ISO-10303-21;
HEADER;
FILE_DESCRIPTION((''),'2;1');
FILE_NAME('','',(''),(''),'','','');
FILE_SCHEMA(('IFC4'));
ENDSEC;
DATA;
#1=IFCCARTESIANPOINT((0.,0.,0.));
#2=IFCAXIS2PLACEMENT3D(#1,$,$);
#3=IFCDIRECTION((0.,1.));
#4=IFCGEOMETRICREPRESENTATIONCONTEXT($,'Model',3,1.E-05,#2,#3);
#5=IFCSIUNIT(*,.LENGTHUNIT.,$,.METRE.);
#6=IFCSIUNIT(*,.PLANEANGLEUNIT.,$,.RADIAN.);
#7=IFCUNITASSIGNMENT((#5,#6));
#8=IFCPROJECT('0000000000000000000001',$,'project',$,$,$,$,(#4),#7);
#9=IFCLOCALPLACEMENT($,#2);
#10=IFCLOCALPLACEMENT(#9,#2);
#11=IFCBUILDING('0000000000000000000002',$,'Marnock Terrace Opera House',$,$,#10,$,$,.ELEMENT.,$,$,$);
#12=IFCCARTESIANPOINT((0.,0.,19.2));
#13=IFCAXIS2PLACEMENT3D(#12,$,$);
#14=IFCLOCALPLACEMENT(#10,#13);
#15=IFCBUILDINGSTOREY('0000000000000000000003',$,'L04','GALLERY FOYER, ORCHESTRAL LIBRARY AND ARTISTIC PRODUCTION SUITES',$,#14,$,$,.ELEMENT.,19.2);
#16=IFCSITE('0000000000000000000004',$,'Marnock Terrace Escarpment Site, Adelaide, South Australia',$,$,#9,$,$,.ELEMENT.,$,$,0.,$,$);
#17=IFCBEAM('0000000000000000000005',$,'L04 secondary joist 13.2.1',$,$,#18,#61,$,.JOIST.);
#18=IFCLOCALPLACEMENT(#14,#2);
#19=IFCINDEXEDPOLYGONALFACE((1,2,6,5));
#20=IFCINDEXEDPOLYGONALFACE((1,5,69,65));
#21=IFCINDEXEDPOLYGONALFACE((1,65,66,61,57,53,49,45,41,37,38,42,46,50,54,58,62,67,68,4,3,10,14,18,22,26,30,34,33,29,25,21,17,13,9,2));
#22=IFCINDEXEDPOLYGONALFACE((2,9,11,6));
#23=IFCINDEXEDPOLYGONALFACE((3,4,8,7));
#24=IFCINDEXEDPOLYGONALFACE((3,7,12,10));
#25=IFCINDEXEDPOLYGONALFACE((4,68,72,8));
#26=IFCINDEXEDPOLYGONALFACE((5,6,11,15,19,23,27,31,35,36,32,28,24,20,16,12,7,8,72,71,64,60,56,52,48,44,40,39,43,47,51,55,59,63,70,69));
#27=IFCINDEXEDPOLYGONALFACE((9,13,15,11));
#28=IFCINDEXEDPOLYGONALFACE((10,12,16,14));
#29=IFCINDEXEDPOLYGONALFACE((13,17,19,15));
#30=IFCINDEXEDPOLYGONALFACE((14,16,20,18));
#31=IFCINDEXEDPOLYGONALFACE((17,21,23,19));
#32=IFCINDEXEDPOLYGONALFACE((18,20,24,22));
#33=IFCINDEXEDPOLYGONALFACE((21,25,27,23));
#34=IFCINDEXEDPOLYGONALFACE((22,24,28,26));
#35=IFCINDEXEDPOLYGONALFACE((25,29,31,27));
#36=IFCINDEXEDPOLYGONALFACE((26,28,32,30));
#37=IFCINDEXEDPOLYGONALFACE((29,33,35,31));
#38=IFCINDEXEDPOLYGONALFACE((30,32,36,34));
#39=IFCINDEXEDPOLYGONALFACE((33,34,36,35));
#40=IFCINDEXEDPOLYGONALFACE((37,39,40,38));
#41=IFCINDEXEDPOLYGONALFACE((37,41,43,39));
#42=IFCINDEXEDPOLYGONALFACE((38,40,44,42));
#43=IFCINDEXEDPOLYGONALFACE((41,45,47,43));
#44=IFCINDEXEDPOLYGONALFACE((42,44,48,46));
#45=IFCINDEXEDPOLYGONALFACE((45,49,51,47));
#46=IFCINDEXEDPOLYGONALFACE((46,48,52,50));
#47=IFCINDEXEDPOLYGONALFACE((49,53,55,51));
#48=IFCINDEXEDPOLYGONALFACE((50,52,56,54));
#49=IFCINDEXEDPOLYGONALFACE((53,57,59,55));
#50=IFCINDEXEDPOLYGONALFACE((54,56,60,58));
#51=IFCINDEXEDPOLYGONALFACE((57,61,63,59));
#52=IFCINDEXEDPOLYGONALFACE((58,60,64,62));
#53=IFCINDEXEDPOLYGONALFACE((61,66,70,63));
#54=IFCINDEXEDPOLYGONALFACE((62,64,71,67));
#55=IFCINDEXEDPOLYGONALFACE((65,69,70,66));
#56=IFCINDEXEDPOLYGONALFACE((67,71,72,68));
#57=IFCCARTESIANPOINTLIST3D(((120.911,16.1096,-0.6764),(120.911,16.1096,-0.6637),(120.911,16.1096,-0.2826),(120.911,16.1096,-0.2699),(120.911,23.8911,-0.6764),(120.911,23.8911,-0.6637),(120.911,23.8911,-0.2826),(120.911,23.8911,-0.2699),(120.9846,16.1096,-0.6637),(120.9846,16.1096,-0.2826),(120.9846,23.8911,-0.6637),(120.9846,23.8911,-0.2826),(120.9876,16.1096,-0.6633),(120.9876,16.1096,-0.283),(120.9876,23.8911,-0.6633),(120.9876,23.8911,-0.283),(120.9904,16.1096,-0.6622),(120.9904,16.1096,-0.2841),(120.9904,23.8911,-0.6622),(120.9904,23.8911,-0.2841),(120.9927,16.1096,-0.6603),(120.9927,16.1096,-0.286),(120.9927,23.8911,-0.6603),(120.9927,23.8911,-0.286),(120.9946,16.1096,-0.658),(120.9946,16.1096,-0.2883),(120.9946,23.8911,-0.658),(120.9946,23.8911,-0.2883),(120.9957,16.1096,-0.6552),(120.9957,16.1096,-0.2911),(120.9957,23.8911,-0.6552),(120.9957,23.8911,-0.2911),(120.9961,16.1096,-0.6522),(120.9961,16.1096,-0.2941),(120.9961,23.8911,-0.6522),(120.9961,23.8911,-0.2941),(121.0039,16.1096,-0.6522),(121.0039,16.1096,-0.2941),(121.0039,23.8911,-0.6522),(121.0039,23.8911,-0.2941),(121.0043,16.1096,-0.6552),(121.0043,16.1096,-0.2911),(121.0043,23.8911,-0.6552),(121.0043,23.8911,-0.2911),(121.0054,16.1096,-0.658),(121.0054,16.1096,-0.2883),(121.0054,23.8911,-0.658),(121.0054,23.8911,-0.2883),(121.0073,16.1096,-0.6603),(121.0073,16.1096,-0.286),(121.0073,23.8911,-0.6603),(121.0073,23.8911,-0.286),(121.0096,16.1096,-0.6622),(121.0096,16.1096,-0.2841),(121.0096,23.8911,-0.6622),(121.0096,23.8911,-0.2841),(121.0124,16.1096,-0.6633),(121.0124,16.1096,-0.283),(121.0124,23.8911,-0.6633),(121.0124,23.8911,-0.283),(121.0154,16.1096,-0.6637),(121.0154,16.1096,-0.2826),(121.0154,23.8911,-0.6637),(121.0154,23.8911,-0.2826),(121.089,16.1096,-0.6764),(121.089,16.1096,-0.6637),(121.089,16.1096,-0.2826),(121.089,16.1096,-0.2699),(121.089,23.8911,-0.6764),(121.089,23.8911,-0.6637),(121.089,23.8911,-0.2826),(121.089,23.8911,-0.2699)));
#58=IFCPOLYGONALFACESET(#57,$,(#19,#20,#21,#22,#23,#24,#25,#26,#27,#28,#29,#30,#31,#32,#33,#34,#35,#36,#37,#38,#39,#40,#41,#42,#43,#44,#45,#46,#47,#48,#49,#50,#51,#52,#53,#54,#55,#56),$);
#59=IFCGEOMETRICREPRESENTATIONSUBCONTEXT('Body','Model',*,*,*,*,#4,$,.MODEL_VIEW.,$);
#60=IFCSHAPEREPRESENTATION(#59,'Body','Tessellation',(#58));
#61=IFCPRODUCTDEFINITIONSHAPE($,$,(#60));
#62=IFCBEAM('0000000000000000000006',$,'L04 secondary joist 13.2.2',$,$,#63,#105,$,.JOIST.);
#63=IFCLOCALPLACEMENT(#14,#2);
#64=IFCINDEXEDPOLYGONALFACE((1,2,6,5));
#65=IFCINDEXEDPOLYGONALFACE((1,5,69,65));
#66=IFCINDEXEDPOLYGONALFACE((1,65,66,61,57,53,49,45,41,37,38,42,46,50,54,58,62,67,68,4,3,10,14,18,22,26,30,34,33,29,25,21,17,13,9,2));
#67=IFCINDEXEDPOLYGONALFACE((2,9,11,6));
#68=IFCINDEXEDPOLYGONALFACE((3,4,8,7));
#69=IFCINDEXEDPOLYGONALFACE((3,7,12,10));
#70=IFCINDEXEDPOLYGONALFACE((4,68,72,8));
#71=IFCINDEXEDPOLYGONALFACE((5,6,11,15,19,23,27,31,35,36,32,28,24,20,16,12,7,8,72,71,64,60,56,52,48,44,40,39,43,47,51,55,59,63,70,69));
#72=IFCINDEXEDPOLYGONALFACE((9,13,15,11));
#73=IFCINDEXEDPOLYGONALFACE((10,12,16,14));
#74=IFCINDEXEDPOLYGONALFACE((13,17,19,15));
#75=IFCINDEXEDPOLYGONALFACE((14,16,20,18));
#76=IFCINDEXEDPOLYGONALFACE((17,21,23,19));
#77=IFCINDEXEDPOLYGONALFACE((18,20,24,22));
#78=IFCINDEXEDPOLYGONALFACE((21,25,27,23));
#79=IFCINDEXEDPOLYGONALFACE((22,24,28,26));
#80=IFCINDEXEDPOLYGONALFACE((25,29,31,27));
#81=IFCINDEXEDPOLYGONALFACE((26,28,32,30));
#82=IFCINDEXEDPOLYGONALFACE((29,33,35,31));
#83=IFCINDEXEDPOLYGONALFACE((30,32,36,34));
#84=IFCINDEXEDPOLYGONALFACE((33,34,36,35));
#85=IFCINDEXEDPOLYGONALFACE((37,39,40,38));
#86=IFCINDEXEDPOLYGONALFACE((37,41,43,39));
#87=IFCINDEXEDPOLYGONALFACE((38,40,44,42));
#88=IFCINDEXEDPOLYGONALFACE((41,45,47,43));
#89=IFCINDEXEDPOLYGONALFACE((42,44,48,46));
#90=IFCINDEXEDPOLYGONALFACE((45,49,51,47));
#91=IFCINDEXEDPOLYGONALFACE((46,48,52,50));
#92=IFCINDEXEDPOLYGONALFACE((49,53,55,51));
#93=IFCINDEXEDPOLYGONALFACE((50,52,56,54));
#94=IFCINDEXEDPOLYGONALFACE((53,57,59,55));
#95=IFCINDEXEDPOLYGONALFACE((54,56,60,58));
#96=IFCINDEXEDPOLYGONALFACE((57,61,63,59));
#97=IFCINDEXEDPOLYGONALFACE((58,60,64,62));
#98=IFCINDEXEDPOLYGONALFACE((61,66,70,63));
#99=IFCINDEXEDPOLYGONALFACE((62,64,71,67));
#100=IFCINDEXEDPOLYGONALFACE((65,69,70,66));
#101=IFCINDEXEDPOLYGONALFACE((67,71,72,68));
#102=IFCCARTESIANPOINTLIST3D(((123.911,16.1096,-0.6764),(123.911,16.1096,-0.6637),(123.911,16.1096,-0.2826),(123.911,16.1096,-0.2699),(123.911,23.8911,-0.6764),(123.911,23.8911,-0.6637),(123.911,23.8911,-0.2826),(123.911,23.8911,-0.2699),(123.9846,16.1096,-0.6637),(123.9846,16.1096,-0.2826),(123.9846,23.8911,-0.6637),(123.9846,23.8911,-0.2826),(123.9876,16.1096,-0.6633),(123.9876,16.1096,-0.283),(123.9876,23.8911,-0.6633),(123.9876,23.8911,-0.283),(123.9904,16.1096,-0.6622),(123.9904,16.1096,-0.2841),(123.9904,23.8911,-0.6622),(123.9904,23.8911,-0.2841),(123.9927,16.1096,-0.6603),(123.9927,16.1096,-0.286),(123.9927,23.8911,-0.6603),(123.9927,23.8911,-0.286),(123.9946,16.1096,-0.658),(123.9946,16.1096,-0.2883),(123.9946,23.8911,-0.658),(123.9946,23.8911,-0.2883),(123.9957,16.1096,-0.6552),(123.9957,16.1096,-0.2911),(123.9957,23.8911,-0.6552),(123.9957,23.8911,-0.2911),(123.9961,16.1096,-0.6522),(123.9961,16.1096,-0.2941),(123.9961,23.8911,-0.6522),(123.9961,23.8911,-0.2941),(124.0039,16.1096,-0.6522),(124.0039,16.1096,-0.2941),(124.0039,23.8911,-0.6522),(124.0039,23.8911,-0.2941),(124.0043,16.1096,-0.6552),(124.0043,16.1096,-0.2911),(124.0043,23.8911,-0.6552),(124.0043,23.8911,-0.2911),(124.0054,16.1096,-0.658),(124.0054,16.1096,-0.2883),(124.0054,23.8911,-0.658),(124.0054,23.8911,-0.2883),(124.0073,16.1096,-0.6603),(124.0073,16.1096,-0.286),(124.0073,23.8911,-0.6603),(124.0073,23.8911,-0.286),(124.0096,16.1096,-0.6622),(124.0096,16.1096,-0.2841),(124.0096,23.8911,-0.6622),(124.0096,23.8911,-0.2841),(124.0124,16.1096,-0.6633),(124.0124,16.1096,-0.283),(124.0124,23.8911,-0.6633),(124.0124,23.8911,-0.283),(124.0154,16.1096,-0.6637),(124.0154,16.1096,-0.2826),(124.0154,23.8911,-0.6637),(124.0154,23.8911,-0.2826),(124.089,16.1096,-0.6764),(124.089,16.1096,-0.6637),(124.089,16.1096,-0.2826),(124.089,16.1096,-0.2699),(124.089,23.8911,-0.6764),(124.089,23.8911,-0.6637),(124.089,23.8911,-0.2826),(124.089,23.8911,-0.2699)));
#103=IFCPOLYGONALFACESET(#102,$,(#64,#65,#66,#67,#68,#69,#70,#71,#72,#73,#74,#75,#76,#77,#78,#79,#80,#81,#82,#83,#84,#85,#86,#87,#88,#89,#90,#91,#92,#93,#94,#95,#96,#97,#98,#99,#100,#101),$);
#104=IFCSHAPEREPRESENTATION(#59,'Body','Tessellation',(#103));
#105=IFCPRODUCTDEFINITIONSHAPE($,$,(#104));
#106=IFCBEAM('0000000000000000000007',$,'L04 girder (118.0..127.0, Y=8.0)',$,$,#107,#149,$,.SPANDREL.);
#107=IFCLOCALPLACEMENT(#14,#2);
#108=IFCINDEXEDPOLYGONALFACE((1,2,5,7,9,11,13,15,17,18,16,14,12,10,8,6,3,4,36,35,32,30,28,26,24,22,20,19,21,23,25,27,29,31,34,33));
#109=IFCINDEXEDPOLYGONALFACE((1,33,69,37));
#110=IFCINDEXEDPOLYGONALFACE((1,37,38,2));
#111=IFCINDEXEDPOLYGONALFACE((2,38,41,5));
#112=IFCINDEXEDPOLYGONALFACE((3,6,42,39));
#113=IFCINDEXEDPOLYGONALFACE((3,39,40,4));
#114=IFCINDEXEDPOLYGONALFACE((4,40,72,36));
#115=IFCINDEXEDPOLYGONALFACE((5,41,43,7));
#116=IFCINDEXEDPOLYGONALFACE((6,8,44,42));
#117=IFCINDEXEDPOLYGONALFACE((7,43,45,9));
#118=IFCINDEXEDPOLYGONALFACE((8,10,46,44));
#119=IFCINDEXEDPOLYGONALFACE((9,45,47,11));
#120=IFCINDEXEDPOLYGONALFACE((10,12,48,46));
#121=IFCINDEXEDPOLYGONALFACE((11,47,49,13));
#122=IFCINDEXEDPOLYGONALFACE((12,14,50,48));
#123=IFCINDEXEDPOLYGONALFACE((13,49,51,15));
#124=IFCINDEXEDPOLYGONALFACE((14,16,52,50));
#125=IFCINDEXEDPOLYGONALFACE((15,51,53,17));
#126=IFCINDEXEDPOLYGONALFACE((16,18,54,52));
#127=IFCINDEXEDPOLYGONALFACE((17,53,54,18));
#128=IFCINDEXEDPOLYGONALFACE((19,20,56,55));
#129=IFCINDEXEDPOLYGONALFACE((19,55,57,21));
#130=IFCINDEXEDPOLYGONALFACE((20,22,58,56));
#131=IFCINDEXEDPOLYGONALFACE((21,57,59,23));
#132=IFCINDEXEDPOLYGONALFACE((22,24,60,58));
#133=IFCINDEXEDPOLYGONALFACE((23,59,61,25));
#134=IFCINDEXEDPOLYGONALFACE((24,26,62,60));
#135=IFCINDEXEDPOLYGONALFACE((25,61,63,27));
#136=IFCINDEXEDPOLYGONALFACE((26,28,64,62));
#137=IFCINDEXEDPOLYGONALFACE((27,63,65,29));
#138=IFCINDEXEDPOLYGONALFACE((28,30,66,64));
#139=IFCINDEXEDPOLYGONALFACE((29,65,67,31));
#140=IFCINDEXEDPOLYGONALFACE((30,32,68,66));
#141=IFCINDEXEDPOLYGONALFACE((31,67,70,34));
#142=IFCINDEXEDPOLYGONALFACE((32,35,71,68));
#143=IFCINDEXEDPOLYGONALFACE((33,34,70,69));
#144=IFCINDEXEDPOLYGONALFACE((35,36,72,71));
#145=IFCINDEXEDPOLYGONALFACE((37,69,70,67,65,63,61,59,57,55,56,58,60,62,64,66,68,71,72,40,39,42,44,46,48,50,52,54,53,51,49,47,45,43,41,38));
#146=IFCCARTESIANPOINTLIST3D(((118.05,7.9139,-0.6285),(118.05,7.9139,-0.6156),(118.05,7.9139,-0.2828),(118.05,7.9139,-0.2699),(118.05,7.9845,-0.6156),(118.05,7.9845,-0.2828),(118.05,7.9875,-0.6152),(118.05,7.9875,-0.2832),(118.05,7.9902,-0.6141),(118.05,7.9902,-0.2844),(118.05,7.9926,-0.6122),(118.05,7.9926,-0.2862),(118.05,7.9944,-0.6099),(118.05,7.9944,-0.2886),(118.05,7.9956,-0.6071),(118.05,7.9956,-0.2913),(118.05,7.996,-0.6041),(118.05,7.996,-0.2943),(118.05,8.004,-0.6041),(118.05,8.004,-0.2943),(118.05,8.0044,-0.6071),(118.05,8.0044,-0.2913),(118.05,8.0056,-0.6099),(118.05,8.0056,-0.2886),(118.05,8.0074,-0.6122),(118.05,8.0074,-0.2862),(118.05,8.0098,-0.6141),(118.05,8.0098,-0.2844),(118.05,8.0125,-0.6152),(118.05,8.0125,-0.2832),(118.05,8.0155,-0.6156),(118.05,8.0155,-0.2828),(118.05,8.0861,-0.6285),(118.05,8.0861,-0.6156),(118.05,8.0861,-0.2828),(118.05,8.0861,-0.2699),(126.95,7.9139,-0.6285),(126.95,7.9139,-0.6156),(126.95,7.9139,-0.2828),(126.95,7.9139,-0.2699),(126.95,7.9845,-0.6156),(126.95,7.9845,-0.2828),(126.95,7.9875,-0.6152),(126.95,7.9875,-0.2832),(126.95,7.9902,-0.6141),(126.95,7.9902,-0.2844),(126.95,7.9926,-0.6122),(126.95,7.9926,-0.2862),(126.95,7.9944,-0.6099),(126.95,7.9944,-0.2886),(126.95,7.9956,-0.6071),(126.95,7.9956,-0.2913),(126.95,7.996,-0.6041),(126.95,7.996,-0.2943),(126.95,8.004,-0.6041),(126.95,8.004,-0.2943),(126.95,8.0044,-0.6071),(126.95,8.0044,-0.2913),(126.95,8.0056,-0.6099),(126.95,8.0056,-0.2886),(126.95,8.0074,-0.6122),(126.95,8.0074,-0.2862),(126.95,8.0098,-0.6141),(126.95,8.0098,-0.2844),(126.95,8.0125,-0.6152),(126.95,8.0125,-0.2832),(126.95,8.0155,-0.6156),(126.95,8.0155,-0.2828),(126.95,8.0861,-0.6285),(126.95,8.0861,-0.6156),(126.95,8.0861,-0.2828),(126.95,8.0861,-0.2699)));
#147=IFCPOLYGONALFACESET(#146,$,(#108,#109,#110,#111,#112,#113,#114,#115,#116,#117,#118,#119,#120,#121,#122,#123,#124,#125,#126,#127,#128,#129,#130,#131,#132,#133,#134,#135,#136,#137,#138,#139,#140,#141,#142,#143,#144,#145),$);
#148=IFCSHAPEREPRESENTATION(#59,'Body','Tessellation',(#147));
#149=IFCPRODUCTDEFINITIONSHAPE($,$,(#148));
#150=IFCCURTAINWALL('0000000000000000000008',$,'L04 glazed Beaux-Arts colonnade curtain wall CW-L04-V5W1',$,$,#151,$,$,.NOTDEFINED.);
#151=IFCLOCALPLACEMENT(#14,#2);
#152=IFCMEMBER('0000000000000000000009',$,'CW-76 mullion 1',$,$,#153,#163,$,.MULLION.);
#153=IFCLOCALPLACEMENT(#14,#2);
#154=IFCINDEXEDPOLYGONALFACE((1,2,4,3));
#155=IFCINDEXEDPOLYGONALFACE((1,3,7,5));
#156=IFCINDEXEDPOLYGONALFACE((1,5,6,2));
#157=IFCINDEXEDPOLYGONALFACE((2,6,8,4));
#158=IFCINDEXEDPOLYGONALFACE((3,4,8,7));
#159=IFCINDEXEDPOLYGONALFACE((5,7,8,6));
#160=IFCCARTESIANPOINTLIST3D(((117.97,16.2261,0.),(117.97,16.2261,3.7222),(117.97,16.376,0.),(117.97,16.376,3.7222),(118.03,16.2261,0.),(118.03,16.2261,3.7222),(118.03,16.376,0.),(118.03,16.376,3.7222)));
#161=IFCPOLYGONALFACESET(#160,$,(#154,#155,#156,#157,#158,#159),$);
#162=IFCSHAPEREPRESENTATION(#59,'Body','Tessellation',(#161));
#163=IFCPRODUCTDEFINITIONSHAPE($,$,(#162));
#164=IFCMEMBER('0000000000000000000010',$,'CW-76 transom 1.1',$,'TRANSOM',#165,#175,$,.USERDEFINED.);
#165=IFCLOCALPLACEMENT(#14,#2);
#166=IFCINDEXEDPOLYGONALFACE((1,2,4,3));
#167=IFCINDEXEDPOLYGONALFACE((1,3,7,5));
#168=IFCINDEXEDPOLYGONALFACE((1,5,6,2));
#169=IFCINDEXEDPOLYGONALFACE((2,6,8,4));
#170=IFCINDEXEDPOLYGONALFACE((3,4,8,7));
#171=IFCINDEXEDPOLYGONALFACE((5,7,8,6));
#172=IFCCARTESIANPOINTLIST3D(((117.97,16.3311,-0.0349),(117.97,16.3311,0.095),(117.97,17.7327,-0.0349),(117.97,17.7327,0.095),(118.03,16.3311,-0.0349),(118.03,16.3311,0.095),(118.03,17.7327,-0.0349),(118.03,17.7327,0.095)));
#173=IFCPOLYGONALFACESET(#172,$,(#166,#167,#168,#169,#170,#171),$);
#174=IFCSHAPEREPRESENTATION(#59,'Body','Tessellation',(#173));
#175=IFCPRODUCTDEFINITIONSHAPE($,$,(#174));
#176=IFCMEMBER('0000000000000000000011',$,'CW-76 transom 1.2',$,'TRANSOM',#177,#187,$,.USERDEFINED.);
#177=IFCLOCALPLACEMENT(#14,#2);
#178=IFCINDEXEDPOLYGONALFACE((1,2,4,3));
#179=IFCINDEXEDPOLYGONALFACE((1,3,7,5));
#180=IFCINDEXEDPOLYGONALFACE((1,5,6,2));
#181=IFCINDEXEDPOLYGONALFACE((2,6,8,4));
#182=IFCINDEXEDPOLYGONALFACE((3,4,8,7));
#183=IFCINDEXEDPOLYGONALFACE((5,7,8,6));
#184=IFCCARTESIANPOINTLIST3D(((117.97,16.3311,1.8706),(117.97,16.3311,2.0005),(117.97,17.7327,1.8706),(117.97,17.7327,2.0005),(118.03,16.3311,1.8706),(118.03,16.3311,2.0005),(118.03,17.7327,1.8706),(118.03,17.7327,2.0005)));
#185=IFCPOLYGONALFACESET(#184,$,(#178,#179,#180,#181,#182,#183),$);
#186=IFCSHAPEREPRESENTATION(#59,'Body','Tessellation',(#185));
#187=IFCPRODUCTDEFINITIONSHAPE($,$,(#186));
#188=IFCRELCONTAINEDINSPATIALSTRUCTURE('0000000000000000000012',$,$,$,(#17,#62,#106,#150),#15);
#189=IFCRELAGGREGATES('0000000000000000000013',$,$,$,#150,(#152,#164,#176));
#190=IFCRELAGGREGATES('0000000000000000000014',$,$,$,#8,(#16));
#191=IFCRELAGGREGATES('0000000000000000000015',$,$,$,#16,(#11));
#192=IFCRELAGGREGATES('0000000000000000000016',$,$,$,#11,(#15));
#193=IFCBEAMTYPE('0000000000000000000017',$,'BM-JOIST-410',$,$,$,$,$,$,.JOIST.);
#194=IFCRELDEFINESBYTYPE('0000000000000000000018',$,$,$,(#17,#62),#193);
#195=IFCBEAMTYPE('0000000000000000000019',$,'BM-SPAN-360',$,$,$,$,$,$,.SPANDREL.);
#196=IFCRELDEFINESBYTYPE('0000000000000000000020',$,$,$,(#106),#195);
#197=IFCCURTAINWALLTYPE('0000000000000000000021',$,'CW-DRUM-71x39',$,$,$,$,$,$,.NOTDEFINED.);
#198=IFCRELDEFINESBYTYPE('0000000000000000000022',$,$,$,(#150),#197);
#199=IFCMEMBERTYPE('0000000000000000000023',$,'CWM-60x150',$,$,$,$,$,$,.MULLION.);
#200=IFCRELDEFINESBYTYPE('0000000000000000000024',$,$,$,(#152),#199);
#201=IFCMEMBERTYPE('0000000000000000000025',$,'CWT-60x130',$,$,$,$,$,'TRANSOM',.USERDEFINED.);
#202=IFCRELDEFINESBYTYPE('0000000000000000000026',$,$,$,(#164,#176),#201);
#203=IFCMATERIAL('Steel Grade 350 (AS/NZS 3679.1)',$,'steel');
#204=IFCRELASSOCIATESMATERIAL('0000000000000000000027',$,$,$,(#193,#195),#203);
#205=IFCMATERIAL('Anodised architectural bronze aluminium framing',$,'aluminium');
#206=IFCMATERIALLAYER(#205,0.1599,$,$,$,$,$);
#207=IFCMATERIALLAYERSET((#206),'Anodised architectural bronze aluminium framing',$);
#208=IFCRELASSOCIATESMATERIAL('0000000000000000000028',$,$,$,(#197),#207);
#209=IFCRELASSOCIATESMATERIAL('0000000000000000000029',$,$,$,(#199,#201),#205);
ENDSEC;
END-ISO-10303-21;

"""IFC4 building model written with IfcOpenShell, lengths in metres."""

from ifc_helpers import new_model, si_unit, direction, frame, origin, origin_2d, place, context, subcontext, project, spatial, rectangle, i_section, extrude, material, layer, layer_set, material_profile, profile_set, type_object, element, aggregate, save


model = new_model("IFC4")

# Units and contexts
model_context = context("Model", 3, precision=1e-05, world=origin(), true_north=direction((0.0, 1.0)))
body_context = subcontext(model_context, "Body", "Model", "MODEL_VIEW")
ifc_project = project(units=[si_unit("LENGTHUNIT", "METRE"), si_unit("PLANEANGLEUNIT", "RADIAN")], contexts=[model_context])

# Site, building, storey
site_placement = place(None, origin())
site = spatial("IfcSite", under=ifc_project, at=site_placement, Name="Marnock Terrace Escarpment Site, Adelaide, South Australia", CompositionType="ELEMENT", RefElevation=0.0)
building_placement = place(site_placement, origin())
building = spatial("IfcBuilding", under=site, at=building_placement, Name="Marnock Terrace Opera House", CompositionType="ELEMENT")
storey_placement = place(building_placement, frame((0.0, 0.0, 19.2)))
storey = spatial("IfcBuildingStorey", under=building, at=storey_placement, Name="L04", Description="GALLERY FOYER, ORCHESTRAL LIBRARY AND ARTISTIC PRODUCTION SUITES", CompositionType="ELEMENT", Elevation=19.2)

# Beams
ifc_material_1 = material(Name="Steel Grade 350 (AS/NZS 3679.1)", Category="steel")
ifc_material_profile_1 = material_profile(ifc_material_1, i_section(OverallWidth=0.178, OverallDepth=0.4065, WebThickness=0.0078, FlangeThickness=0.0127, FilletRadius=0.0115, at=origin_2d()))
ifc_profile_set_1 = profile_set([ifc_material_profile_1], Name="Steel Grade 350 (AS/NZS 3679.1)")
beam_type_1 = type_object("IfcBeamType", Name="BM-JOIST-410", PredefinedType="JOIST", material=ifc_profile_set_1)
for number, where, z_axis, x_axis, name in (
    (1, (121.0, 16.1096, -0.4731), (0.0, 1.0, 0.0), (-1.0, 0.0, 0.0), "L04 secondary joist 13.2.1"),
    (2, (124.0, 16.1096, -0.4731), (0.0, 1.0, 0.0), (-1.0, 0.0, 0.0), "L04 secondary joist 13.2.2"),
):
    element("IfcBeam", number, at=place(storey_placement, frame(where, z_axis=z_axis, x_axis=x_axis)), inside=storey, type_object=beam_type_1, Name=name, PredefinedType="JOIST", context=body_context, shape_type="SweptSolid", body=[
        extrude(i_section(OverallWidth=0.178, OverallDepth=0.4065, WebThickness=0.0078, FlangeThickness=0.0127, FilletRadius=0.0115, at=origin_2d()), origin(), (0.0, 0.0, 1.0), 7.7815),
    ])
ifc_material_profile_2 = material_profile(ifc_material_1, i_section(OverallWidth=0.1721, OverallDepth=0.3586, WebThickness=0.0081, FlangeThickness=0.0129, FilletRadius=0.0115, at=origin_2d()))
ifc_profile_set_2 = profile_set([ifc_material_profile_2], Name="Steel Grade 350 (AS/NZS 3679.1)")
beam_type_2 = type_object("IfcBeamType", Name="BM-SPAN-360", PredefinedType="SPANDREL", material=ifc_profile_set_2)
beam_1_placement = place(storey_placement, frame((118.05, 8.0, -0.4492), z_axis=(1.0, 0.0, 0.0), x_axis=(0.0, 1.0, 0.0)))
element("IfcBeam", 3, at=beam_1_placement, inside=storey, type_object=beam_type_2, Name="L04 girder (118.0..127.0, Y=8.0)", PredefinedType="SPANDREL", context=body_context, shape_type="SweptSolid", body=[
    extrude(i_section(OverallWidth=0.1721, OverallDepth=0.3586, WebThickness=0.0081, FlangeThickness=0.0129, FilletRadius=0.0115, at=origin_2d()), origin(), (0.0, 0.0, 1.0), 8.8999),
])

# Curtain wall, members
ifc_material_2 = material(Name="Anodised architectural bronze aluminium framing", Category="aluminium")
ifc_layer_1 = layer(ifc_material_2, 0.1599)
ifc_layer_set_1 = layer_set([ifc_layer_1], Name="Anodised architectural bronze aluminium framing")
curtain_wall_type = type_object("IfcCurtainWallType", Name="CW-DRUM-71x39", PredefinedType="NOTDEFINED", material=ifc_layer_set_1)
curtain_wall_placement = place(storey_placement, origin())
curtain_wall = element("IfcCurtainWall", 4, at=curtain_wall_placement, inside=storey, type_object=curtain_wall_type, Name="L04 glazed Beaux-Arts colonnade curtain wall CW-L04-V5W1", PredefinedType="NOTDEFINED")
ifc_material_profile_3 = material_profile(ifc_material_2, rectangle(XDim=0.0601, YDim=0.1499, at=origin_2d()))
ifc_profile_set_3 = profile_set([ifc_material_profile_3], Name="Anodised architectural bronze aluminium framing")
member_type_1 = type_object("IfcMemberType", Name="CWM-60x150", PredefinedType="MULLION", material=ifc_profile_set_3)
member_1_placement = place(storey_placement, frame((118.0, 16.301, 0.0), z_axis=(0.0, 0.0, 1.0), x_axis=(-1.0, 0.0, 0.0)))
member_1 = element("IfcMember", 5, at=member_1_placement, type_object=member_type_1, Name="CW-76 mullion 1", PredefinedType="MULLION", context=body_context, shape_type="SweptSolid", body=[
    extrude(rectangle(XDim=0.0601, YDim=0.1499, at=origin_2d()), origin(), (0.0, 0.0, 1.0), 3.7222),
])
ifc_material_profile_4 = material_profile(ifc_material_2, rectangle(XDim=0.0601, YDim=0.1299, at=origin_2d()))
ifc_profile_set_4 = profile_set([ifc_material_profile_4], Name="Anodised architectural bronze aluminium framing")
member_type_2 = type_object("IfcMemberType", Name="CWT-60x130", ElementType="TRANSOM", PredefinedType="USERDEFINED", material=ifc_profile_set_4)
member_2_placement = place(storey_placement, frame((118.0, 16.3311, 0.03), z_axis=(0.0, 1.0, 0.0), x_axis=(-1.0, 0.0, 0.0)))
member_2 = element("IfcMember", 6, at=member_2_placement, type_object=member_type_2, Name="CW-76 transom 1.1", ObjectType="TRANSOM", PredefinedType="USERDEFINED", context=body_context, shape_type="SweptSolid", body=[
    extrude(rectangle(XDim=0.0601, YDim=0.1299, at=origin_2d()), origin(), (0.0, 0.0, 1.0), 1.4016),
])
member_3_placement = place(storey_placement, frame((118.0, 16.3311, 1.9355), z_axis=(0.0, 1.0, 0.0), x_axis=(-1.0, 0.0, 0.0)))
member_3 = element("IfcMember", 7, at=member_3_placement, type_object=member_type_2, Name="CW-76 transom 1.2", ObjectType="TRANSOM", PredefinedType="USERDEFINED", context=body_context, shape_type="SweptSolid", body=[
    extrude(rectangle(XDim=0.0601, YDim=0.1299, at=origin_2d()), origin(), (0.0, 0.0, 1.0), 1.4016),
])
aggregate(curtain_wall, [member_1, member_2, member_3])

save(model, "model.ifc")
